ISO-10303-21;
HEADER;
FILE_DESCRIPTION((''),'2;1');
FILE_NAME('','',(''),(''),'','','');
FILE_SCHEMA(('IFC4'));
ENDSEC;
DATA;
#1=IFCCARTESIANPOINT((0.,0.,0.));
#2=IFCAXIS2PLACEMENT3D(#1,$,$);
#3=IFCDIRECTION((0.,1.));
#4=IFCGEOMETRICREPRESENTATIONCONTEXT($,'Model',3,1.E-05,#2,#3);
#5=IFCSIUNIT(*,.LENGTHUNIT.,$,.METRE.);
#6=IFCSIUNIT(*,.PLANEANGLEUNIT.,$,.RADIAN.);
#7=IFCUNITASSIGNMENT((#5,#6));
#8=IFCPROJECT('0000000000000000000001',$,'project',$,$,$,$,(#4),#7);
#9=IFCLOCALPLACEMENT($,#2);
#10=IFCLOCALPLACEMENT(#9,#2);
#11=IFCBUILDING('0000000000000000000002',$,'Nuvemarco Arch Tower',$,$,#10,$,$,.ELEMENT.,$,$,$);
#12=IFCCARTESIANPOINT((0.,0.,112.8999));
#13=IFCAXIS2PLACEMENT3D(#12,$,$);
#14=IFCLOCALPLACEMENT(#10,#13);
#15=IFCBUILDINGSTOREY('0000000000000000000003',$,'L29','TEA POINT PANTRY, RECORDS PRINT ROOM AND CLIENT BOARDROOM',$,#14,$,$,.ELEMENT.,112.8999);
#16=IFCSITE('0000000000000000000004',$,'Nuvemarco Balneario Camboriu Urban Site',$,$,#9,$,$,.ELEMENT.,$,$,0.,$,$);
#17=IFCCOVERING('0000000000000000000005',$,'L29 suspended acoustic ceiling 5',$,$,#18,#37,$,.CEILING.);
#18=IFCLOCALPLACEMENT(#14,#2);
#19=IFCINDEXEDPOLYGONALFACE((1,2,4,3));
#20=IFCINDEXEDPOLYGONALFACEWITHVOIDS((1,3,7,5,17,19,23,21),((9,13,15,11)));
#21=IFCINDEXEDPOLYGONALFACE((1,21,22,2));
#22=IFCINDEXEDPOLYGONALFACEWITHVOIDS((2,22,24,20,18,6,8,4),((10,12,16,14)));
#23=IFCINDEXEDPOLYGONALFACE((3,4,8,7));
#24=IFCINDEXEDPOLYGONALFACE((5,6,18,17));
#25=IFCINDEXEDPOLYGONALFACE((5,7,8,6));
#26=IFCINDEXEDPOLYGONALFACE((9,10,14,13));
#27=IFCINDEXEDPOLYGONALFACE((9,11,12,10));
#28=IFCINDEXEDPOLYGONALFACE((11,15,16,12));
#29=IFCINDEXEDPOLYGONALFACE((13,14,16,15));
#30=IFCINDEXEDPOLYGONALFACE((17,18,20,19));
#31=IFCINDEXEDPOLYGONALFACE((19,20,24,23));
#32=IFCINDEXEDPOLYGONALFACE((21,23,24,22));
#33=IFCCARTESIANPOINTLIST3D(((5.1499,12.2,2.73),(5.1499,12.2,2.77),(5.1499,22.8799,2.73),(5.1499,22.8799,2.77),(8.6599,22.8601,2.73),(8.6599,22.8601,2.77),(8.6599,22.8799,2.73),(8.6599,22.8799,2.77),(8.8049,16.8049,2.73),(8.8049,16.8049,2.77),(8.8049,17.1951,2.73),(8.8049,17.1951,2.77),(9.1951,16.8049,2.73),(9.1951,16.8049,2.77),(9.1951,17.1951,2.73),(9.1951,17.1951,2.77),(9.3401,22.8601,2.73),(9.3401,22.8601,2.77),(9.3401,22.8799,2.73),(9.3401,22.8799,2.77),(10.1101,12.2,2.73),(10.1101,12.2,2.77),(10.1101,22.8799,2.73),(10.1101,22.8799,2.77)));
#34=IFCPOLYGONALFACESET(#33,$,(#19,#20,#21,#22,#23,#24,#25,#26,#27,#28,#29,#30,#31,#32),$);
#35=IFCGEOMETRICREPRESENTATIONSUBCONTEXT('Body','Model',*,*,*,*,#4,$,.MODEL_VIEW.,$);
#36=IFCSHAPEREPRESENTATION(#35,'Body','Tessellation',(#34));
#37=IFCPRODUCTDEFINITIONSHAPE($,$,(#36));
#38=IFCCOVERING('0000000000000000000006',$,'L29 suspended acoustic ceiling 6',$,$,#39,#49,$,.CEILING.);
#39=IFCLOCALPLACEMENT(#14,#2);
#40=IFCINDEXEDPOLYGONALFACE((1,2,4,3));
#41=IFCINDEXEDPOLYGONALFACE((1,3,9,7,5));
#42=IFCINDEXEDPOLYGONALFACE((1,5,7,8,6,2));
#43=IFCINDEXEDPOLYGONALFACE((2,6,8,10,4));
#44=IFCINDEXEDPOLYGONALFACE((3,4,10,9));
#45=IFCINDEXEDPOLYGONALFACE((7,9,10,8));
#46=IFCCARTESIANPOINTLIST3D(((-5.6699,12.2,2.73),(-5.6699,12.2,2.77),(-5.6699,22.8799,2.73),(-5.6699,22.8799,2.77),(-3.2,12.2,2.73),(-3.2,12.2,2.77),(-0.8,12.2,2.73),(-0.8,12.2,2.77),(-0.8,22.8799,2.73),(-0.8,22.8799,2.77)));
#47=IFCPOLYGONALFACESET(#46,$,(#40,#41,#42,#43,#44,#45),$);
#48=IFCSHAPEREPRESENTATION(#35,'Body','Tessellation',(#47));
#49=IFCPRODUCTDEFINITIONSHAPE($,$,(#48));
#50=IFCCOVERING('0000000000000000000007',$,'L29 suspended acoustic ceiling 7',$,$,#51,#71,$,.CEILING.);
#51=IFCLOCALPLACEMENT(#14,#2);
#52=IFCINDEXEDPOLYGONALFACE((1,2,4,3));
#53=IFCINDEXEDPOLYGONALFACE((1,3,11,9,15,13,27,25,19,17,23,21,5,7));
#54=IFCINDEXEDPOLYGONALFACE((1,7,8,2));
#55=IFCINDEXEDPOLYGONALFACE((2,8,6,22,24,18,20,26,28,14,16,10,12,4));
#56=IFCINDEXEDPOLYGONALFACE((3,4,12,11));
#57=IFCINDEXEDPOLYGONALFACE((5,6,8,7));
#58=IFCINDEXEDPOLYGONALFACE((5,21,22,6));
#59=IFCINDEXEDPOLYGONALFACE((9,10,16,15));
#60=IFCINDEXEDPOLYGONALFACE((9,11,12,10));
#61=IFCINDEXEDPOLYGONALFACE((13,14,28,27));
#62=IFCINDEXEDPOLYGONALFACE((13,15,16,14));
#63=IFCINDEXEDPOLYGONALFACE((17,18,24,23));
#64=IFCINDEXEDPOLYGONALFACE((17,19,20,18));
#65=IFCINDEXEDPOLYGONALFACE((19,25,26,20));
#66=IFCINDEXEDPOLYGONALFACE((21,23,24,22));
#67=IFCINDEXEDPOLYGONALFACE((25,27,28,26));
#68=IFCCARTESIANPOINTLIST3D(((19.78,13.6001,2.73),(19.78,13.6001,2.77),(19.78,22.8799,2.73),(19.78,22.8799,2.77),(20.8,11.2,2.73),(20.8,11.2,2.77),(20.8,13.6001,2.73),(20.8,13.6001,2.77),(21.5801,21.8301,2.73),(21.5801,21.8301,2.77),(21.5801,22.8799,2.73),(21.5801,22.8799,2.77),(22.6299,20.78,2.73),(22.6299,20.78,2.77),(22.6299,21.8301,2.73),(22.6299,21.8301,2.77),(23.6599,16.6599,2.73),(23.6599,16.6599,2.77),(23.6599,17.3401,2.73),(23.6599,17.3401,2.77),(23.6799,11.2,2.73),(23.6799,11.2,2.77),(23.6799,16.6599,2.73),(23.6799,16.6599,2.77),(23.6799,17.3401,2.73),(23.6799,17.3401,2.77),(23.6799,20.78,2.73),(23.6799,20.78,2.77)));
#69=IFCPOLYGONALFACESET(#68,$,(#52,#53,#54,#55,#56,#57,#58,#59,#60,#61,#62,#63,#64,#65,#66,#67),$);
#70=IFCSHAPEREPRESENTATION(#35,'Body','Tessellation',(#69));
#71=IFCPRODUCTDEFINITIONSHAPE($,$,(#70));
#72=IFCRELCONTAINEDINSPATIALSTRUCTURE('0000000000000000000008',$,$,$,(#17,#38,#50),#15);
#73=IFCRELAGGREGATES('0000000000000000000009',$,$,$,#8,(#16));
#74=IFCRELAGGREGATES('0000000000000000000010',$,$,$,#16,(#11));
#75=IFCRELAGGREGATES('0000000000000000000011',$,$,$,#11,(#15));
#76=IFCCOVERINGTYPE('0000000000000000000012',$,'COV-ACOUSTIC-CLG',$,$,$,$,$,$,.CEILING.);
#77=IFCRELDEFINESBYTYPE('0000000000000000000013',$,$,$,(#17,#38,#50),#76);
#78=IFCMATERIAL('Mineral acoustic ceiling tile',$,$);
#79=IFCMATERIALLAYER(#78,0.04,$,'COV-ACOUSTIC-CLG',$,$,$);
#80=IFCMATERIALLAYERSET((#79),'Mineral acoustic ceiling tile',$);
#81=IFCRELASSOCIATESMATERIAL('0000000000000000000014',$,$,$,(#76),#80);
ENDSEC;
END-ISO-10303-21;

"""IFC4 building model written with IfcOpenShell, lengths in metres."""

from ifc_helpers import new_model, si_unit, direction, frame, origin, place, context, subcontext, project, spatial, polyline, outline, extrude, material, layer, layer_set, type_object, element, save


model = new_model("IFC4")

# Units and contexts
model_context = context("Model", 3, precision=1e-05, world=origin(), true_north=direction((0.0, 1.0)))
body_context = subcontext(model_context, "Body", "Model", "MODEL_VIEW")
ifc_project = project(units=[si_unit("LENGTHUNIT", "METRE"), si_unit("PLANEANGLEUNIT", "RADIAN")], contexts=[model_context])

# Site, building, storey
site_placement = place(None, origin())
site = spatial("IfcSite", under=ifc_project, at=site_placement, Name="Nuvemarco Balneario Camboriu Urban Site", CompositionType="ELEMENT", RefElevation=0.0)
building_placement = place(site_placement, origin())
building = spatial("IfcBuilding", under=site, at=building_placement, Name="Nuvemarco Arch Tower", CompositionType="ELEMENT")
storey_placement = place(building_placement, frame((0.0, 0.0, 112.8999)))
storey = spatial("IfcBuildingStorey", under=building, at=storey_placement, Name="L29", Description="TEA POINT PANTRY, RECORDS PRINT ROOM AND CLIENT BOARDROOM", CompositionType="ELEMENT", Elevation=112.8999)

# Coverings
ifc_material_1 = material(Name="Mineral acoustic ceiling tile")
ifc_layer_1 = layer(ifc_material_1, 0.04, Name="COV-ACOUSTIC-CLG")
ifc_layer_set_1 = layer_set([ifc_layer_1], Name="Mineral acoustic ceiling tile")
covering_type = type_object("IfcCoveringType", Name="COV-ACOUSTIC-CLG", PredefinedType="CEILING", material=ifc_layer_set_1)
covering_1_placement = place(storey_placement, frame((0.0, 0.0, 2.73)))
element("IfcCovering", 1, at=covering_1_placement, inside=storey, type_object=covering_type, Name="L29 suspended acoustic ceiling 5", PredefinedType="CEILING", context=body_context, shape_type="SweptSolid", body=[
    extrude(outline(polyline([(10.1101, 12.2), (5.1499, 12.2), (5.1499, 22.8799), (8.6599, 22.8799), (8.6599, 22.8601), (9.3401, 22.8601), (9.3401, 22.8799), (10.1101, 22.8799), (10.1101, 12.2)]), holes=[polyline([(9.1951, 17.1951), (8.8049, 17.1951), (8.8049, 16.8049), (9.1951, 16.8049), (9.1951, 17.1951)])]), origin(), (0.0, 0.0, 1.0), 0.04),
])
covering_2_placement = place(storey_placement, frame((0.0, 0.0, 2.73)))
element("IfcCovering", 2, at=covering_2_placement, inside=storey, type_object=covering_type, Name="L29 suspended acoustic ceiling 6", PredefinedType="CEILING", context=body_context, shape_type="SweptSolid", body=[
    extrude(outline(polyline([(-0.8, 12.2), (-3.2, 12.2), (-5.6699, 12.2), (-5.6699, 22.8799), (-0.8, 22.8799), (-0.8, 12.2)])), origin(), (0.0, 0.0, 1.0), 0.04),
])
covering_3_placement = place(storey_placement, frame((0.0, 0.0, 2.73)))
element("IfcCovering", 3, at=covering_3_placement, inside=storey, type_object=covering_type, Name="L29 suspended acoustic ceiling 7", PredefinedType="CEILING", context=body_context, shape_type="SweptSolid", body=[
    extrude(outline(polyline([(23.6799, 20.78), (23.6799, 17.3401), (23.6599, 17.3401), (23.6599, 16.6599), (23.6799, 16.6599), (23.6799, 11.2), (20.8, 11.2), (20.8, 13.6001), (19.78, 13.6001), (19.78, 22.8799), (21.5801, 22.8799), (21.5801, 21.8301), (22.6299, 21.8301), (22.6299, 20.78), (23.6799, 20.78)])), origin(), (0.0, 0.0, 1.0), 0.04),
])

save(model, "model.ifc")
